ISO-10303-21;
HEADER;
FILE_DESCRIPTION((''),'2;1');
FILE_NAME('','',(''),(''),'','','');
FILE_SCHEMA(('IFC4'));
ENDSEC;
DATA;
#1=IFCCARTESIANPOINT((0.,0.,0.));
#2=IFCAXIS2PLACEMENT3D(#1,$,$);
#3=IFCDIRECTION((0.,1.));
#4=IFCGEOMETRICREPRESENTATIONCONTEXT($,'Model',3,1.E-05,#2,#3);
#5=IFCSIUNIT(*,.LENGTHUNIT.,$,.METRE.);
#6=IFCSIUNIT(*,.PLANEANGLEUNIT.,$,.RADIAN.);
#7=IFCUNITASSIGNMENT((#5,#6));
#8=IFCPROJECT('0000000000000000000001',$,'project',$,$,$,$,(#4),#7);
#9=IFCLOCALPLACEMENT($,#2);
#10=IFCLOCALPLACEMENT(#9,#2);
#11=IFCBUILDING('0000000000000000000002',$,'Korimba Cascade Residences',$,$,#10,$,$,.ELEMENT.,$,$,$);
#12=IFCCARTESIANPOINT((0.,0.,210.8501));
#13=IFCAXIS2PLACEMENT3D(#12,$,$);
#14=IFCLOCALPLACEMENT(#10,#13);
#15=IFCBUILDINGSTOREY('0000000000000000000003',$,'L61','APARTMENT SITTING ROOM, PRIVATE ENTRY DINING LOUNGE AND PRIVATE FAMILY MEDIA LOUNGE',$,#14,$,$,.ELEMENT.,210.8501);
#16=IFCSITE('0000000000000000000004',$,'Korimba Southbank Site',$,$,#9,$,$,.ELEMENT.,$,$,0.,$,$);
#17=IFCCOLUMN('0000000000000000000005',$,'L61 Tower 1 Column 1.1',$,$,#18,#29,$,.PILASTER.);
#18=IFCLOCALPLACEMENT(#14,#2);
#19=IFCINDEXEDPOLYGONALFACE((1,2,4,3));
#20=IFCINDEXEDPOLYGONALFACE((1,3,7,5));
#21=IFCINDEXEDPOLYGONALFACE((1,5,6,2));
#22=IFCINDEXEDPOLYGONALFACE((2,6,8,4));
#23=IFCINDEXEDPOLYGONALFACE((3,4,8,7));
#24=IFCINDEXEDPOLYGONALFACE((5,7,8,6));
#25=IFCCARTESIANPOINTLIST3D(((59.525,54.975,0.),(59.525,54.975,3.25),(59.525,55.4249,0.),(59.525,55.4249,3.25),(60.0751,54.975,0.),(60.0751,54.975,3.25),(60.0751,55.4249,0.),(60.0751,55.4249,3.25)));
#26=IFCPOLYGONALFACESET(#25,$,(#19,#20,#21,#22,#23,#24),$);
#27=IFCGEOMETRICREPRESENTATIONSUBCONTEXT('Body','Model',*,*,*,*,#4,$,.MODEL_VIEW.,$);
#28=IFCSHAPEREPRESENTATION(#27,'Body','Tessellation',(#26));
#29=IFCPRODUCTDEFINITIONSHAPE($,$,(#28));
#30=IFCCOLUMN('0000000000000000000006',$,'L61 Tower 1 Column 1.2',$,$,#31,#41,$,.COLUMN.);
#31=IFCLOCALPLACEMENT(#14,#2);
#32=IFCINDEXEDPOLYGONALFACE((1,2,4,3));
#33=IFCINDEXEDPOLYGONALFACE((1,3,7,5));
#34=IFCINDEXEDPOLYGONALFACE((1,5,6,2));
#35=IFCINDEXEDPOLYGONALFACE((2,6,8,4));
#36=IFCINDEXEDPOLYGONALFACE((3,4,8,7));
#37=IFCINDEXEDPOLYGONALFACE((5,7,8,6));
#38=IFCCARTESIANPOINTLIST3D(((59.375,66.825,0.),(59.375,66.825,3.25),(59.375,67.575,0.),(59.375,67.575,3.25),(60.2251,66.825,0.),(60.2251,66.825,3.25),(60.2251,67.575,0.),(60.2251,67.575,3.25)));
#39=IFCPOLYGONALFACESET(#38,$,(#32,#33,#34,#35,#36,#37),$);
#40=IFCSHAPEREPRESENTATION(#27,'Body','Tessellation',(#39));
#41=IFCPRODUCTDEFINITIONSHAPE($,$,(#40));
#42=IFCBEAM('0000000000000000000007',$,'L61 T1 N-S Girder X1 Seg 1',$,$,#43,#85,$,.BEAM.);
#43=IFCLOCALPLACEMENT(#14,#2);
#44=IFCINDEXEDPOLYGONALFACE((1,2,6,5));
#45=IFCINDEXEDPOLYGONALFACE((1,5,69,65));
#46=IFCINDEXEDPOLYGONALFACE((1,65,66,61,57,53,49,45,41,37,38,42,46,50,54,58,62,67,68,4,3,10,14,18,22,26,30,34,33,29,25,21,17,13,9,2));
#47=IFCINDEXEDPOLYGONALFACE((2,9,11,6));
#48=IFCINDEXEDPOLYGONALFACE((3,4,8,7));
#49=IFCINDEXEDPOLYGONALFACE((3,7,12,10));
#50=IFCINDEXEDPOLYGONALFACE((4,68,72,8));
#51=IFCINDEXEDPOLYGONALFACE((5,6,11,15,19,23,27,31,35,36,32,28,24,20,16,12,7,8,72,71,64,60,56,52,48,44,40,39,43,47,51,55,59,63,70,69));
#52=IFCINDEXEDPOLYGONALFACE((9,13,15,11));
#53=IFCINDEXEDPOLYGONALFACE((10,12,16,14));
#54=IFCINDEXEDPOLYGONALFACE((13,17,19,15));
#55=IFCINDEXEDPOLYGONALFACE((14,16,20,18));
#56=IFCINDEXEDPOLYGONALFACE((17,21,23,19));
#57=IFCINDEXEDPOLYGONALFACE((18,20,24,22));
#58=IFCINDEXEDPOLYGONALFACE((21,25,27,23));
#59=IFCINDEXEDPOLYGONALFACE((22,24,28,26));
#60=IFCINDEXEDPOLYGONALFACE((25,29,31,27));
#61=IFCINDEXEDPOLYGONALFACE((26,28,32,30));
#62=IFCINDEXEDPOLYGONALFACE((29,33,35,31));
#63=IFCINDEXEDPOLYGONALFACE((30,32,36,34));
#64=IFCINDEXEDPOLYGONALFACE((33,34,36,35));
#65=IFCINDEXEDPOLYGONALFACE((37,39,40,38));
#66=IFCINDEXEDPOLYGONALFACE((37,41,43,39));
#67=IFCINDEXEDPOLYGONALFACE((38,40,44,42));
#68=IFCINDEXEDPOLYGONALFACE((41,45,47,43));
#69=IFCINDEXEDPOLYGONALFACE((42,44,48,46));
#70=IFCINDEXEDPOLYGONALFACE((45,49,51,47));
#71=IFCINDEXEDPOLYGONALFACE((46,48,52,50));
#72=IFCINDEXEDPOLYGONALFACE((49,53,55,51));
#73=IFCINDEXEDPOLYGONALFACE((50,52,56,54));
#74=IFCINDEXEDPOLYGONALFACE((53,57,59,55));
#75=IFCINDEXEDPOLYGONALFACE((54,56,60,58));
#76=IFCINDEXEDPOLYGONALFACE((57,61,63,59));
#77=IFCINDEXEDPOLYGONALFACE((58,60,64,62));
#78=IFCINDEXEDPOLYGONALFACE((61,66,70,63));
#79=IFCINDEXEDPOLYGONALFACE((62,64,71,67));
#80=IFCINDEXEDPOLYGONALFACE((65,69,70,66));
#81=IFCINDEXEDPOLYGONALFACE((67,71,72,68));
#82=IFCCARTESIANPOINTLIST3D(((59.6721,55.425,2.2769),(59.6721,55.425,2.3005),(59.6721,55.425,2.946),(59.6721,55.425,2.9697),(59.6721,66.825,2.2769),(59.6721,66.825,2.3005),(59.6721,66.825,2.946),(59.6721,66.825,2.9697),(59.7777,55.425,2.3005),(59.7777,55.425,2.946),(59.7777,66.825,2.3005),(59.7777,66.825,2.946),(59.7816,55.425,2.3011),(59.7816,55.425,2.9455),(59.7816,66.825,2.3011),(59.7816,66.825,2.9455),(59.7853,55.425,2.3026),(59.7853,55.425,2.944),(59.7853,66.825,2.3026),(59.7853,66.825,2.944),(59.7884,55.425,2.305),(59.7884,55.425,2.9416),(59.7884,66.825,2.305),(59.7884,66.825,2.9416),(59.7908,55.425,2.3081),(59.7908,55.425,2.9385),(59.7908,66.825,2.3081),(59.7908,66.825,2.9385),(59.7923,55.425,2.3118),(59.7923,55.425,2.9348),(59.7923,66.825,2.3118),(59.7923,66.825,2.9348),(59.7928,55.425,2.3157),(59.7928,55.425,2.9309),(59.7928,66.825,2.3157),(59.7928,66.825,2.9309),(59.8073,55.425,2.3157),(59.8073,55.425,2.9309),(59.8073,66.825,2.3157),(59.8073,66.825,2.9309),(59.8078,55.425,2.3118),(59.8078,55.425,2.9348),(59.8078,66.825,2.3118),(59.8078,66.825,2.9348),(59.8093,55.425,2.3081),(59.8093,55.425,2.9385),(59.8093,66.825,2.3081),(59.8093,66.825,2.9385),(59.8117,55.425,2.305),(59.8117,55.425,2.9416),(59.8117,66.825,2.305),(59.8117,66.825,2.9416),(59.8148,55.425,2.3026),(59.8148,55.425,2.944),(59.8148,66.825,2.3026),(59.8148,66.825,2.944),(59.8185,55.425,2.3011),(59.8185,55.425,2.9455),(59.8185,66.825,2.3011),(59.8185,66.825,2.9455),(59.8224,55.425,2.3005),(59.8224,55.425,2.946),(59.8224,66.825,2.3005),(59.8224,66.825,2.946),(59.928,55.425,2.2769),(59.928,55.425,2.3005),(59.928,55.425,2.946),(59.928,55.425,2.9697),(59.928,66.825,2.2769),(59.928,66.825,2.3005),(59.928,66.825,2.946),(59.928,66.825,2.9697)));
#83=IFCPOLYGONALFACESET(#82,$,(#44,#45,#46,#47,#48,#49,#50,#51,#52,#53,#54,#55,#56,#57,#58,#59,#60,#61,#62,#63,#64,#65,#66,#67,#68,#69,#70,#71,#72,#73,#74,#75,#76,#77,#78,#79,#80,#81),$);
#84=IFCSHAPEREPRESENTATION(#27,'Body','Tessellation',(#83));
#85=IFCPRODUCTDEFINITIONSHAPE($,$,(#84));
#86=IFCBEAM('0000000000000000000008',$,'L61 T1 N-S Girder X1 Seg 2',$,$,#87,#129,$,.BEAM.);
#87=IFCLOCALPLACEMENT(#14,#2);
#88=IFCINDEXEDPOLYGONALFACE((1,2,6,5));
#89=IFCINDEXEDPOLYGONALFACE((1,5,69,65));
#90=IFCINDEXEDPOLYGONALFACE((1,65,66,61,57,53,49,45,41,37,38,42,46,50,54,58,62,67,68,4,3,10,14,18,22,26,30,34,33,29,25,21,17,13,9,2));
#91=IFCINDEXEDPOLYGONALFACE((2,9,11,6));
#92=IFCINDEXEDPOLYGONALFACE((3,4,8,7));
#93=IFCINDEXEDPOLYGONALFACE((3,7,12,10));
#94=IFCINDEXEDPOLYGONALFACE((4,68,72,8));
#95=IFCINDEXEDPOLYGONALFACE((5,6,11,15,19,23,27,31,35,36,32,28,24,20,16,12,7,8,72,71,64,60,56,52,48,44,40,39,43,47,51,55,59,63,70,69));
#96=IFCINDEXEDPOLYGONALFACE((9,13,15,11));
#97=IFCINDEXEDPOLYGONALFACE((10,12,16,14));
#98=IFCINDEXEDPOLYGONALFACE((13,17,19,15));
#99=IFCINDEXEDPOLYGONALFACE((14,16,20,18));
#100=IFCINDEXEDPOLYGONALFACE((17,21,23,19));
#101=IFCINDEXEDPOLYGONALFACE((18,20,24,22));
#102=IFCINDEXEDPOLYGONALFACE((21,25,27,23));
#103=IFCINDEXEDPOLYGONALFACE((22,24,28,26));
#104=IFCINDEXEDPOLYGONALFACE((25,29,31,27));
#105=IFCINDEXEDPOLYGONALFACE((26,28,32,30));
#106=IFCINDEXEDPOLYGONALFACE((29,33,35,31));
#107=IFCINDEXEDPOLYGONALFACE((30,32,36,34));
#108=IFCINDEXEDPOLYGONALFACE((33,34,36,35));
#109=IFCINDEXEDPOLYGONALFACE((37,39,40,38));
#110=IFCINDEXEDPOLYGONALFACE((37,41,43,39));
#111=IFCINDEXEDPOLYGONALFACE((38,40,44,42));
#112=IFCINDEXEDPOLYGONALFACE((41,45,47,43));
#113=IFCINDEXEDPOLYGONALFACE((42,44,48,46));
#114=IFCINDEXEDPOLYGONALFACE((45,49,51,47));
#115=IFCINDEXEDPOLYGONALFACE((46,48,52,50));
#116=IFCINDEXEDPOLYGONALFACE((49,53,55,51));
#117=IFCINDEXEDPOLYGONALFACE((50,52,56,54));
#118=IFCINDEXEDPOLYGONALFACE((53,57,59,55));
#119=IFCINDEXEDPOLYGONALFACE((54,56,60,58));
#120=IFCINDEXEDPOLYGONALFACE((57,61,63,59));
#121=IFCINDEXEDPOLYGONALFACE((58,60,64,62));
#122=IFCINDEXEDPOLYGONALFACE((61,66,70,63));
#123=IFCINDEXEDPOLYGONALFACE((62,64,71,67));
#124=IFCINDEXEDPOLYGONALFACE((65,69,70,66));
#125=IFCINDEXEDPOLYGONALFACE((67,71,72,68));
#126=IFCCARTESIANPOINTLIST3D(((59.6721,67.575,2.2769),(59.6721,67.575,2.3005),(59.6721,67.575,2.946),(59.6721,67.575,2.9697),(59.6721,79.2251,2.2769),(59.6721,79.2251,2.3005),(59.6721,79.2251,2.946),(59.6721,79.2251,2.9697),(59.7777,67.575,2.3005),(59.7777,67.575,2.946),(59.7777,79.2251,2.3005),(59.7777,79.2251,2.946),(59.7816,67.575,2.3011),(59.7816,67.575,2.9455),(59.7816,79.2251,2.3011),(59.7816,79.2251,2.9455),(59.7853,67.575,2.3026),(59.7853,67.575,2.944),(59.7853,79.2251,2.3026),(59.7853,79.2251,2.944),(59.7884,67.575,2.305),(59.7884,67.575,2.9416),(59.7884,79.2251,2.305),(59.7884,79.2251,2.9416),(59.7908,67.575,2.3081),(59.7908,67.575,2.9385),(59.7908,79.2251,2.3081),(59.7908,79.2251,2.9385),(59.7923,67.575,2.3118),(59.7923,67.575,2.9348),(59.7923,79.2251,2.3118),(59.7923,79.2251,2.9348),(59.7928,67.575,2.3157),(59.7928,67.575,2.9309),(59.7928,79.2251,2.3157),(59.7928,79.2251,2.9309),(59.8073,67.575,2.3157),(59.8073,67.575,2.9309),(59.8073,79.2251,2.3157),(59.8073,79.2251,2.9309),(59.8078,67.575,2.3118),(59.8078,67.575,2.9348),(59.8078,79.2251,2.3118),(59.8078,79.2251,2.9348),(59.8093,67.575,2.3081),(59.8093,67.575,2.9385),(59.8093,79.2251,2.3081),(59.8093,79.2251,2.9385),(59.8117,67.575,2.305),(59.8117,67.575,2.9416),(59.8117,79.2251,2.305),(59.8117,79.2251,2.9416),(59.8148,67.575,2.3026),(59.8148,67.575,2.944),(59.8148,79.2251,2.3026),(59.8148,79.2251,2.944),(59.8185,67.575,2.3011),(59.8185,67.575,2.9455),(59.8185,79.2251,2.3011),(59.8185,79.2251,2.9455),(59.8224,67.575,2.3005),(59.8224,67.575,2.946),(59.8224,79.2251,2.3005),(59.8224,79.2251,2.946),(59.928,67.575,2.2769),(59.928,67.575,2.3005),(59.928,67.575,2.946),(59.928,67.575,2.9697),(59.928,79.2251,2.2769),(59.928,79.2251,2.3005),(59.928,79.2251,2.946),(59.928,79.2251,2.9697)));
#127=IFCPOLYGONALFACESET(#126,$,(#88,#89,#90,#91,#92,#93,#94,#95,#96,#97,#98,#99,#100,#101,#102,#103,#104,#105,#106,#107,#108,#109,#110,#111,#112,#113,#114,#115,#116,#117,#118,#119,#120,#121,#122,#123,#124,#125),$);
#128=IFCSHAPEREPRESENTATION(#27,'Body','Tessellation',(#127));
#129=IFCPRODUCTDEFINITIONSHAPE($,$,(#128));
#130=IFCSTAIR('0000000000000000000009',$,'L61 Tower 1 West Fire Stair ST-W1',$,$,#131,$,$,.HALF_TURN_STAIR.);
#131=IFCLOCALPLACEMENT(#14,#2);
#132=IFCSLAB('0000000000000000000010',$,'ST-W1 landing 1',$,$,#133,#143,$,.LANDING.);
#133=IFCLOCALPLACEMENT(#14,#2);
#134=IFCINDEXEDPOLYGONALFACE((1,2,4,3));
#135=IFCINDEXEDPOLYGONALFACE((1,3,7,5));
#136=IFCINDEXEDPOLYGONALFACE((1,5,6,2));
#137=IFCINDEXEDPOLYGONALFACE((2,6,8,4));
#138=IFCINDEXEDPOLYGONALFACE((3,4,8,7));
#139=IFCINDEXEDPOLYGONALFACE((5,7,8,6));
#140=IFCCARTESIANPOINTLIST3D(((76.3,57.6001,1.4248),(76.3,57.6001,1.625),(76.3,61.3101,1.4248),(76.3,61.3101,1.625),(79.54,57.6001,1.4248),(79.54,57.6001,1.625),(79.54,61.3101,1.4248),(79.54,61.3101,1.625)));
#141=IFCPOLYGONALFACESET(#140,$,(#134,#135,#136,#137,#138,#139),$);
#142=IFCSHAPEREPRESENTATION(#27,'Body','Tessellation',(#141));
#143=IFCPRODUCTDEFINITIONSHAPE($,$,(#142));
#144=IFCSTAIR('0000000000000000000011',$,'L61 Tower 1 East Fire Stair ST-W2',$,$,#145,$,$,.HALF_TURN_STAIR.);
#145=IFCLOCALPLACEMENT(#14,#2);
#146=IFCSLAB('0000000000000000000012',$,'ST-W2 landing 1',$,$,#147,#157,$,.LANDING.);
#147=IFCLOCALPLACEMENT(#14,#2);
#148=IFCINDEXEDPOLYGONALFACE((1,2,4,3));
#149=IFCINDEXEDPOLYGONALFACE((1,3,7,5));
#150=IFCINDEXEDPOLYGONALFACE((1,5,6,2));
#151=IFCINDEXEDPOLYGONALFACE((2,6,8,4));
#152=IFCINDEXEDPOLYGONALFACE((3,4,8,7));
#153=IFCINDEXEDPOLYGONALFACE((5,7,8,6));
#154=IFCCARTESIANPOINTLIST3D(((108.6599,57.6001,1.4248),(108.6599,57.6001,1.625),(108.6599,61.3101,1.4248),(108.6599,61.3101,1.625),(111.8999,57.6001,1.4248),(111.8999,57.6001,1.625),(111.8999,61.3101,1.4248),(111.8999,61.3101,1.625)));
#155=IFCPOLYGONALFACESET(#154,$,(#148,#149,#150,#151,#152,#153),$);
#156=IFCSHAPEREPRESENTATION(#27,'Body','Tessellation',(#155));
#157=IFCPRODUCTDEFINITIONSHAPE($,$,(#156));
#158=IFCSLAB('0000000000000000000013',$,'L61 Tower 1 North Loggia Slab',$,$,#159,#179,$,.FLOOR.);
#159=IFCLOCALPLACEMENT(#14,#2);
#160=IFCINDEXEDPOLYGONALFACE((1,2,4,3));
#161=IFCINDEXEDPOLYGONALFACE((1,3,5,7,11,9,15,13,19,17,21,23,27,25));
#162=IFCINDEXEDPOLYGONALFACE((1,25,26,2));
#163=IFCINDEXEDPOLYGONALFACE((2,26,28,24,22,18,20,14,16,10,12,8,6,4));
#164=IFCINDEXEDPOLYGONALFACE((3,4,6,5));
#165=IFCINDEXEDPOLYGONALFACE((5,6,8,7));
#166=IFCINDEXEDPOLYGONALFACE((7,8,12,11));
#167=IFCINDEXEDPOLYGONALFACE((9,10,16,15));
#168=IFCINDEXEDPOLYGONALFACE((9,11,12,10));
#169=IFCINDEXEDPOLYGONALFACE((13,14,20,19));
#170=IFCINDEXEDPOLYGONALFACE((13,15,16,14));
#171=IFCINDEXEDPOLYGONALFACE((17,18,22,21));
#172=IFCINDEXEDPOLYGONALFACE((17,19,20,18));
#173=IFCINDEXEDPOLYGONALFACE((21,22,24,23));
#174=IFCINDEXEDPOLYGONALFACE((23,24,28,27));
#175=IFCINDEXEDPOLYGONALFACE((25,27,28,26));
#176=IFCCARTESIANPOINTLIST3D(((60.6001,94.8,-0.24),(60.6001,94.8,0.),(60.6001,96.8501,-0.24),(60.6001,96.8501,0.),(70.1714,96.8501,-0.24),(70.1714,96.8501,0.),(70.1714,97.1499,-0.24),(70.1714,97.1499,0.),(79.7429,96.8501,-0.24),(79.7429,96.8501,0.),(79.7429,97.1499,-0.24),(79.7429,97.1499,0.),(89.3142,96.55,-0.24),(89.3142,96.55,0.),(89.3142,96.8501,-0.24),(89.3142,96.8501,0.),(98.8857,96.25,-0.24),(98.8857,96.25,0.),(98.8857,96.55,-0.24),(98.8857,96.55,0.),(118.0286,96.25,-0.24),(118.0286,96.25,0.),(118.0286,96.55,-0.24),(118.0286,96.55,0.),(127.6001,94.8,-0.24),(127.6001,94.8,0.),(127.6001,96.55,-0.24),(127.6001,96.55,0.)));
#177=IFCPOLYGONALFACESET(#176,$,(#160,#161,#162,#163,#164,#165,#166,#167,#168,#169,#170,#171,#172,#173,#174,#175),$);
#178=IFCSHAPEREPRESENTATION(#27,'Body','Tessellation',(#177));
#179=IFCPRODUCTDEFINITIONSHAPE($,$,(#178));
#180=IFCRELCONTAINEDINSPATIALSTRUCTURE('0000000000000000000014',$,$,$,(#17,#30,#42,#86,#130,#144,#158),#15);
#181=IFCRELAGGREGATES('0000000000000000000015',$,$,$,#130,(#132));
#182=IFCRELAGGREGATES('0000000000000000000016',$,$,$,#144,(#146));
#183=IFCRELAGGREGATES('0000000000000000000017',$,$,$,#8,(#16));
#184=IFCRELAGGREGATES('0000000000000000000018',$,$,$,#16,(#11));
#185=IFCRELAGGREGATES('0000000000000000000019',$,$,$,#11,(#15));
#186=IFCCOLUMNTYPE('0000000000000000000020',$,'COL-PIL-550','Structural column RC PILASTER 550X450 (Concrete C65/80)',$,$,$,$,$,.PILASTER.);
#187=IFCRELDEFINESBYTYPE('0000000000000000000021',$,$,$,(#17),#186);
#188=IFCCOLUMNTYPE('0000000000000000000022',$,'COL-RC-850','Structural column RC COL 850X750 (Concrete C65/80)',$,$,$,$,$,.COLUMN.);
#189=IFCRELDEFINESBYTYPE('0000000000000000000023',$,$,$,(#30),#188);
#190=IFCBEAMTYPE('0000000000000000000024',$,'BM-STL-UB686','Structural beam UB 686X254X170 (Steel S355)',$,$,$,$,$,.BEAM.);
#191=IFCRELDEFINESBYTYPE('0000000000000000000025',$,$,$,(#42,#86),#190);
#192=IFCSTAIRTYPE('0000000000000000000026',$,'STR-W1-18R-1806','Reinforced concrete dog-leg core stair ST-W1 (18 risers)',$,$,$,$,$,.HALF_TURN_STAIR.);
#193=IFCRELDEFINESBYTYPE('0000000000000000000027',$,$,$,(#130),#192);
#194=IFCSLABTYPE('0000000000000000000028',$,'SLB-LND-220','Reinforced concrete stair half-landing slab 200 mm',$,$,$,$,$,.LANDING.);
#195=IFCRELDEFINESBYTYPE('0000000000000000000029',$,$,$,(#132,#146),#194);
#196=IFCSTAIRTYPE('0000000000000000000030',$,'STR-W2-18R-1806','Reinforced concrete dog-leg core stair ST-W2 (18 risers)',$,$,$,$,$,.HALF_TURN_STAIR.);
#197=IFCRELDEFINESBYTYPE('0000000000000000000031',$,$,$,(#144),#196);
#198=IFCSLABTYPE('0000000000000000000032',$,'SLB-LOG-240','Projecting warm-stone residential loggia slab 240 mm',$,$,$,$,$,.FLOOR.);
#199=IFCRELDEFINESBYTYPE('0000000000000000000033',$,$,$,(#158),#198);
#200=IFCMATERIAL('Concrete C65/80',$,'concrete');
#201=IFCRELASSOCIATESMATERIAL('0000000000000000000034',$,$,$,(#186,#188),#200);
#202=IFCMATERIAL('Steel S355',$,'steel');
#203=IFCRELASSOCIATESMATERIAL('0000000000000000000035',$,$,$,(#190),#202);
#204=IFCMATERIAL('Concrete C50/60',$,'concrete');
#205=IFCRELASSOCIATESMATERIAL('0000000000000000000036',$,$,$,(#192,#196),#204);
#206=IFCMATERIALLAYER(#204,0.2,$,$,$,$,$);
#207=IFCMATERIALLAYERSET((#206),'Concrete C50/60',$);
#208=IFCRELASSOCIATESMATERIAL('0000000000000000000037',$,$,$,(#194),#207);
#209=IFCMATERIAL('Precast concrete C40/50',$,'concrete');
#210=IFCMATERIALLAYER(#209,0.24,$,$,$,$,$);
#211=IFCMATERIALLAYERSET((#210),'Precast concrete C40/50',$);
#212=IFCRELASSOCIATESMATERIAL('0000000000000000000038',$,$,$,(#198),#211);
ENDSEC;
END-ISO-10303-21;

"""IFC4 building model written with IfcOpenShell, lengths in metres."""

from ifc_helpers import new_model, si_unit, direction, frame, origin, origin_2d, place, context, subcontext, project, spatial, polyline, rectangle, i_section, outline, extrude, material, layer, layer_set, material_profile, profile_set, type_object, element, aggregate, save


model = new_model("IFC4")

# Units and contexts
model_context = context("Model", 3, precision=1e-05, world=origin(), true_north=direction((0.0, 1.0)))
body_context = subcontext(model_context, "Body", "Model", "MODEL_VIEW")
ifc_project = project(units=[si_unit("LENGTHUNIT", "METRE"), si_unit("PLANEANGLEUNIT", "RADIAN")], contexts=[model_context])

# Site, building, storey
site_placement = place(None, origin())
site = spatial("IfcSite", under=ifc_project, at=site_placement, Name="Korimba Southbank Site", CompositionType="ELEMENT", RefElevation=0.0)
building_placement = place(site_placement, origin())
building = spatial("IfcBuilding", under=site, at=building_placement, Name="Korimba Cascade Residences", CompositionType="ELEMENT")
storey_placement = place(building_placement, frame((0.0, 0.0, 210.8501)))
storey = spatial("IfcBuildingStorey", under=building, at=storey_placement, Name="L61", Description="APARTMENT SITTING ROOM, PRIVATE ENTRY DINING LOUNGE AND PRIVATE FAMILY MEDIA LOUNGE", CompositionType="ELEMENT", Elevation=210.8501)

# Columns
ifc_material_1 = material(Name="Concrete C65/80", Category="concrete")
ifc_material_profile_1 = material_profile(ifc_material_1, rectangle(XDim=0.55, YDim=0.45, at=origin_2d()), Name="Concrete C65/80")
ifc_profile_set_1 = profile_set([ifc_material_profile_1], Name="Concrete C65/80")
column_type_1 = type_object("IfcColumnType", Name="COL-PIL-550", Description="Structural column RC PILASTER 550X450 (Concrete C65/80)", PredefinedType="PILASTER", material=ifc_profile_set_1)
column_1_placement = place(storey_placement, frame((59.8, 55.2, 0.0), z_axis=(0.0, 0.0, 1.0), x_axis=(1.0, 0.0, 0.0)))
element("IfcColumn", 1, at=column_1_placement, inside=storey, type_object=column_type_1, Name="L61 Tower 1 Column 1.1", PredefinedType="PILASTER", context=body_context, shape_type="SweptSolid", body=[
    extrude(rectangle(XDim=0.55, YDim=0.45, at=origin_2d()), origin(), (0.0, 0.0, 1.0), 3.25),
])
ifc_material_profile_2 = material_profile(ifc_material_1, rectangle(XDim=0.8501, YDim=0.75, at=origin_2d()), Name="Concrete C65/80")
ifc_profile_set_2 = profile_set([ifc_material_profile_2], Name="Concrete C65/80")
column_type_2 = type_object("IfcColumnType", Name="COL-RC-850", Description="Structural column RC COL 850X750 (Concrete C65/80)", PredefinedType="COLUMN", material=ifc_profile_set_2)
column_2_placement = place(storey_placement, frame((59.8, 67.2, 0.0), z_axis=(0.0, 0.0, 1.0), x_axis=(1.0, 0.0, 0.0)))
element("IfcColumn", 2, at=column_2_placement, inside=storey, type_object=column_type_2, Name="L61 Tower 1 Column 1.2", PredefinedType="COLUMN", context=body_context, shape_type="SweptSolid", body=[
    extrude(rectangle(XDim=0.8501, YDim=0.75, at=origin_2d()), origin(), (0.0, 0.0, 1.0), 3.25),
])

# Beams
ifc_material_2 = material(Name="Steel S355", Category="steel")
ifc_material_profile_3 = material_profile(ifc_material_2, i_section(OverallWidth=0.2559, OverallDepth=0.6929, WebThickness=0.0144, FlangeThickness=0.0237, FilletRadius=0.0151, at=origin_2d()), Name="Steel S355")
ifc_profile_set_3 = profile_set([ifc_material_profile_3], Name="Steel S355")
beam_type = type_object("IfcBeamType", Name="BM-STL-UB686", Description="Structural beam UB 686X254X170 (Steel S355)", PredefinedType="BEAM", material=ifc_profile_set_3)
beam_1_placement = place(storey_placement, frame((59.8, 55.425, 2.6233), z_axis=(0.0, 1.0, 0.0), x_axis=(-1.0, 0.0, 0.0)))
element("IfcBeam", 3, at=beam_1_placement, inside=storey, type_object=beam_type, Name="L61 T1 N-S Girder X1 Seg 1", PredefinedType="BEAM", context=body_context, shape_type="SweptSolid", body=[
    extrude(i_section(OverallWidth=0.2559, OverallDepth=0.6929, WebThickness=0.0144, FlangeThickness=0.0237, FilletRadius=0.0151, at=origin_2d()), origin(), (0.0, 0.0, 1.0), 11.3999),
])
beam_2_placement = place(storey_placement, frame((59.8, 67.575, 2.6233), z_axis=(0.0, 1.0, 0.0), x_axis=(-1.0, 0.0, 0.0)))
element("IfcBeam", 4, at=beam_2_placement, inside=storey, type_object=beam_type, Name="L61 T1 N-S Girder X1 Seg 2", PredefinedType="BEAM", context=body_context, shape_type="SweptSolid", body=[
    extrude(i_section(OverallWidth=0.2559, OverallDepth=0.6929, WebThickness=0.0144, FlangeThickness=0.0237, FilletRadius=0.0151, at=origin_2d()), origin(), (0.0, 0.0, 1.0), 11.6501),
])

# Stairs, slabs
ifc_material_3 = material(Name="Concrete C50/60", Category="concrete")
stair_type_1 = type_object("IfcStairType", Name="STR-W1-18R-1806", Description="Reinforced concrete dog-leg core stair ST-W1 (18 risers)", PredefinedType="HALF_TURN_STAIR", material=ifc_material_3)
stair_1_placement = place(storey_placement, origin())
stair_1 = element("IfcStair", 5, at=stair_1_placement, inside=storey, type_object=stair_type_1, Name="L61 Tower 1 West Fire Stair ST-W1", PredefinedType="HALF_TURN_STAIR")
ifc_layer_1 = layer(ifc_material_3, 0.2)
ifc_layer_set_1 = layer_set([ifc_layer_1], Name="Concrete C50/60")
slab_type_1 = type_object("IfcSlabType", Name="SLB-LND-220", Description="Reinforced concrete stair half-landing slab 200 mm", PredefinedType="LANDING", material=ifc_layer_set_1)
slab_1_placement = place(storey_placement, frame((0.0, 0.0, 1.4248)))
slab_1 = element("IfcSlab", 6, at=slab_1_placement, type_object=slab_type_1, Name="ST-W1 landing 1", PredefinedType="LANDING", context=body_context, shape_type="SweptSolid", body=[
    extrude(outline(polyline([(76.3, 61.3101), (76.3, 57.6001), (79.54, 57.6001), (79.54, 61.3101), (76.3, 61.3101)])), origin(), (0.0, 0.0, 1.0), 0.2002),
])
aggregate(stair_1, [slab_1])
stair_type_2 = type_object("IfcStairType", Name="STR-W2-18R-1806", Description="Reinforced concrete dog-leg core stair ST-W2 (18 risers)", PredefinedType="HALF_TURN_STAIR", material=ifc_material_3)
stair_2_placement = place(storey_placement, origin())
stair_2 = element("IfcStair", 7, at=stair_2_placement, inside=storey, type_object=stair_type_2, Name="L61 Tower 1 East Fire Stair ST-W2", PredefinedType="HALF_TURN_STAIR")
slab_2_placement = place(storey_placement, frame((0.0, 0.0, 1.4248)))
slab_2 = element("IfcSlab", 8, at=slab_2_placement, type_object=slab_type_1, Name="ST-W2 landing 1", PredefinedType="LANDING", context=body_context, shape_type="SweptSolid", body=[
    extrude(outline(polyline([(108.6599, 61.3101), (108.6599, 57.6001), (111.8999, 57.6001), (111.8999, 61.3101), (108.6599, 61.3101)])), origin(), (0.0, 0.0, 1.0), 0.2002),
])
aggregate(stair_2, [slab_2])

# Slab
ifc_material_4 = material(Name="Precast concrete C40/50", Category="concrete")
ifc_layer_2 = layer(ifc_material_4, 0.24)
ifc_layer_set_2 = layer_set([ifc_layer_2], Name="Precast concrete C40/50")
slab_type_2 = type_object("IfcSlabType", Name="SLB-LOG-240", Description="Projecting warm-stone residential loggia slab 240 mm", PredefinedType="FLOOR", material=ifc_layer_set_2)
slab_3_placement = place(storey_placement, frame((0.0, 0.0, -0.24)))
element("IfcSlab", 9, at=slab_3_placement, inside=storey, type_object=slab_type_2, Name="L61 Tower 1 North Loggia Slab", PredefinedType="FLOOR", context=body_context, shape_type="SweptSolid", body=[
    extrude(outline(polyline([(60.6001, 94.8), (127.6001, 94.8), (127.6001, 96.55), (118.0286, 96.55), (118.0286, 96.25), (98.8857, 96.25), (98.8857, 96.55), (89.3142, 96.55), (89.3142, 96.8501), (79.7429, 96.8501), (79.7429, 97.1499), (70.1714, 97.1499), (70.1714, 96.8501), (60.6001, 96.8501), (60.6001, 94.8)])), origin(), (0.0, 0.0, 1.0), 0.24),
])

save(model, "model.ifc")
